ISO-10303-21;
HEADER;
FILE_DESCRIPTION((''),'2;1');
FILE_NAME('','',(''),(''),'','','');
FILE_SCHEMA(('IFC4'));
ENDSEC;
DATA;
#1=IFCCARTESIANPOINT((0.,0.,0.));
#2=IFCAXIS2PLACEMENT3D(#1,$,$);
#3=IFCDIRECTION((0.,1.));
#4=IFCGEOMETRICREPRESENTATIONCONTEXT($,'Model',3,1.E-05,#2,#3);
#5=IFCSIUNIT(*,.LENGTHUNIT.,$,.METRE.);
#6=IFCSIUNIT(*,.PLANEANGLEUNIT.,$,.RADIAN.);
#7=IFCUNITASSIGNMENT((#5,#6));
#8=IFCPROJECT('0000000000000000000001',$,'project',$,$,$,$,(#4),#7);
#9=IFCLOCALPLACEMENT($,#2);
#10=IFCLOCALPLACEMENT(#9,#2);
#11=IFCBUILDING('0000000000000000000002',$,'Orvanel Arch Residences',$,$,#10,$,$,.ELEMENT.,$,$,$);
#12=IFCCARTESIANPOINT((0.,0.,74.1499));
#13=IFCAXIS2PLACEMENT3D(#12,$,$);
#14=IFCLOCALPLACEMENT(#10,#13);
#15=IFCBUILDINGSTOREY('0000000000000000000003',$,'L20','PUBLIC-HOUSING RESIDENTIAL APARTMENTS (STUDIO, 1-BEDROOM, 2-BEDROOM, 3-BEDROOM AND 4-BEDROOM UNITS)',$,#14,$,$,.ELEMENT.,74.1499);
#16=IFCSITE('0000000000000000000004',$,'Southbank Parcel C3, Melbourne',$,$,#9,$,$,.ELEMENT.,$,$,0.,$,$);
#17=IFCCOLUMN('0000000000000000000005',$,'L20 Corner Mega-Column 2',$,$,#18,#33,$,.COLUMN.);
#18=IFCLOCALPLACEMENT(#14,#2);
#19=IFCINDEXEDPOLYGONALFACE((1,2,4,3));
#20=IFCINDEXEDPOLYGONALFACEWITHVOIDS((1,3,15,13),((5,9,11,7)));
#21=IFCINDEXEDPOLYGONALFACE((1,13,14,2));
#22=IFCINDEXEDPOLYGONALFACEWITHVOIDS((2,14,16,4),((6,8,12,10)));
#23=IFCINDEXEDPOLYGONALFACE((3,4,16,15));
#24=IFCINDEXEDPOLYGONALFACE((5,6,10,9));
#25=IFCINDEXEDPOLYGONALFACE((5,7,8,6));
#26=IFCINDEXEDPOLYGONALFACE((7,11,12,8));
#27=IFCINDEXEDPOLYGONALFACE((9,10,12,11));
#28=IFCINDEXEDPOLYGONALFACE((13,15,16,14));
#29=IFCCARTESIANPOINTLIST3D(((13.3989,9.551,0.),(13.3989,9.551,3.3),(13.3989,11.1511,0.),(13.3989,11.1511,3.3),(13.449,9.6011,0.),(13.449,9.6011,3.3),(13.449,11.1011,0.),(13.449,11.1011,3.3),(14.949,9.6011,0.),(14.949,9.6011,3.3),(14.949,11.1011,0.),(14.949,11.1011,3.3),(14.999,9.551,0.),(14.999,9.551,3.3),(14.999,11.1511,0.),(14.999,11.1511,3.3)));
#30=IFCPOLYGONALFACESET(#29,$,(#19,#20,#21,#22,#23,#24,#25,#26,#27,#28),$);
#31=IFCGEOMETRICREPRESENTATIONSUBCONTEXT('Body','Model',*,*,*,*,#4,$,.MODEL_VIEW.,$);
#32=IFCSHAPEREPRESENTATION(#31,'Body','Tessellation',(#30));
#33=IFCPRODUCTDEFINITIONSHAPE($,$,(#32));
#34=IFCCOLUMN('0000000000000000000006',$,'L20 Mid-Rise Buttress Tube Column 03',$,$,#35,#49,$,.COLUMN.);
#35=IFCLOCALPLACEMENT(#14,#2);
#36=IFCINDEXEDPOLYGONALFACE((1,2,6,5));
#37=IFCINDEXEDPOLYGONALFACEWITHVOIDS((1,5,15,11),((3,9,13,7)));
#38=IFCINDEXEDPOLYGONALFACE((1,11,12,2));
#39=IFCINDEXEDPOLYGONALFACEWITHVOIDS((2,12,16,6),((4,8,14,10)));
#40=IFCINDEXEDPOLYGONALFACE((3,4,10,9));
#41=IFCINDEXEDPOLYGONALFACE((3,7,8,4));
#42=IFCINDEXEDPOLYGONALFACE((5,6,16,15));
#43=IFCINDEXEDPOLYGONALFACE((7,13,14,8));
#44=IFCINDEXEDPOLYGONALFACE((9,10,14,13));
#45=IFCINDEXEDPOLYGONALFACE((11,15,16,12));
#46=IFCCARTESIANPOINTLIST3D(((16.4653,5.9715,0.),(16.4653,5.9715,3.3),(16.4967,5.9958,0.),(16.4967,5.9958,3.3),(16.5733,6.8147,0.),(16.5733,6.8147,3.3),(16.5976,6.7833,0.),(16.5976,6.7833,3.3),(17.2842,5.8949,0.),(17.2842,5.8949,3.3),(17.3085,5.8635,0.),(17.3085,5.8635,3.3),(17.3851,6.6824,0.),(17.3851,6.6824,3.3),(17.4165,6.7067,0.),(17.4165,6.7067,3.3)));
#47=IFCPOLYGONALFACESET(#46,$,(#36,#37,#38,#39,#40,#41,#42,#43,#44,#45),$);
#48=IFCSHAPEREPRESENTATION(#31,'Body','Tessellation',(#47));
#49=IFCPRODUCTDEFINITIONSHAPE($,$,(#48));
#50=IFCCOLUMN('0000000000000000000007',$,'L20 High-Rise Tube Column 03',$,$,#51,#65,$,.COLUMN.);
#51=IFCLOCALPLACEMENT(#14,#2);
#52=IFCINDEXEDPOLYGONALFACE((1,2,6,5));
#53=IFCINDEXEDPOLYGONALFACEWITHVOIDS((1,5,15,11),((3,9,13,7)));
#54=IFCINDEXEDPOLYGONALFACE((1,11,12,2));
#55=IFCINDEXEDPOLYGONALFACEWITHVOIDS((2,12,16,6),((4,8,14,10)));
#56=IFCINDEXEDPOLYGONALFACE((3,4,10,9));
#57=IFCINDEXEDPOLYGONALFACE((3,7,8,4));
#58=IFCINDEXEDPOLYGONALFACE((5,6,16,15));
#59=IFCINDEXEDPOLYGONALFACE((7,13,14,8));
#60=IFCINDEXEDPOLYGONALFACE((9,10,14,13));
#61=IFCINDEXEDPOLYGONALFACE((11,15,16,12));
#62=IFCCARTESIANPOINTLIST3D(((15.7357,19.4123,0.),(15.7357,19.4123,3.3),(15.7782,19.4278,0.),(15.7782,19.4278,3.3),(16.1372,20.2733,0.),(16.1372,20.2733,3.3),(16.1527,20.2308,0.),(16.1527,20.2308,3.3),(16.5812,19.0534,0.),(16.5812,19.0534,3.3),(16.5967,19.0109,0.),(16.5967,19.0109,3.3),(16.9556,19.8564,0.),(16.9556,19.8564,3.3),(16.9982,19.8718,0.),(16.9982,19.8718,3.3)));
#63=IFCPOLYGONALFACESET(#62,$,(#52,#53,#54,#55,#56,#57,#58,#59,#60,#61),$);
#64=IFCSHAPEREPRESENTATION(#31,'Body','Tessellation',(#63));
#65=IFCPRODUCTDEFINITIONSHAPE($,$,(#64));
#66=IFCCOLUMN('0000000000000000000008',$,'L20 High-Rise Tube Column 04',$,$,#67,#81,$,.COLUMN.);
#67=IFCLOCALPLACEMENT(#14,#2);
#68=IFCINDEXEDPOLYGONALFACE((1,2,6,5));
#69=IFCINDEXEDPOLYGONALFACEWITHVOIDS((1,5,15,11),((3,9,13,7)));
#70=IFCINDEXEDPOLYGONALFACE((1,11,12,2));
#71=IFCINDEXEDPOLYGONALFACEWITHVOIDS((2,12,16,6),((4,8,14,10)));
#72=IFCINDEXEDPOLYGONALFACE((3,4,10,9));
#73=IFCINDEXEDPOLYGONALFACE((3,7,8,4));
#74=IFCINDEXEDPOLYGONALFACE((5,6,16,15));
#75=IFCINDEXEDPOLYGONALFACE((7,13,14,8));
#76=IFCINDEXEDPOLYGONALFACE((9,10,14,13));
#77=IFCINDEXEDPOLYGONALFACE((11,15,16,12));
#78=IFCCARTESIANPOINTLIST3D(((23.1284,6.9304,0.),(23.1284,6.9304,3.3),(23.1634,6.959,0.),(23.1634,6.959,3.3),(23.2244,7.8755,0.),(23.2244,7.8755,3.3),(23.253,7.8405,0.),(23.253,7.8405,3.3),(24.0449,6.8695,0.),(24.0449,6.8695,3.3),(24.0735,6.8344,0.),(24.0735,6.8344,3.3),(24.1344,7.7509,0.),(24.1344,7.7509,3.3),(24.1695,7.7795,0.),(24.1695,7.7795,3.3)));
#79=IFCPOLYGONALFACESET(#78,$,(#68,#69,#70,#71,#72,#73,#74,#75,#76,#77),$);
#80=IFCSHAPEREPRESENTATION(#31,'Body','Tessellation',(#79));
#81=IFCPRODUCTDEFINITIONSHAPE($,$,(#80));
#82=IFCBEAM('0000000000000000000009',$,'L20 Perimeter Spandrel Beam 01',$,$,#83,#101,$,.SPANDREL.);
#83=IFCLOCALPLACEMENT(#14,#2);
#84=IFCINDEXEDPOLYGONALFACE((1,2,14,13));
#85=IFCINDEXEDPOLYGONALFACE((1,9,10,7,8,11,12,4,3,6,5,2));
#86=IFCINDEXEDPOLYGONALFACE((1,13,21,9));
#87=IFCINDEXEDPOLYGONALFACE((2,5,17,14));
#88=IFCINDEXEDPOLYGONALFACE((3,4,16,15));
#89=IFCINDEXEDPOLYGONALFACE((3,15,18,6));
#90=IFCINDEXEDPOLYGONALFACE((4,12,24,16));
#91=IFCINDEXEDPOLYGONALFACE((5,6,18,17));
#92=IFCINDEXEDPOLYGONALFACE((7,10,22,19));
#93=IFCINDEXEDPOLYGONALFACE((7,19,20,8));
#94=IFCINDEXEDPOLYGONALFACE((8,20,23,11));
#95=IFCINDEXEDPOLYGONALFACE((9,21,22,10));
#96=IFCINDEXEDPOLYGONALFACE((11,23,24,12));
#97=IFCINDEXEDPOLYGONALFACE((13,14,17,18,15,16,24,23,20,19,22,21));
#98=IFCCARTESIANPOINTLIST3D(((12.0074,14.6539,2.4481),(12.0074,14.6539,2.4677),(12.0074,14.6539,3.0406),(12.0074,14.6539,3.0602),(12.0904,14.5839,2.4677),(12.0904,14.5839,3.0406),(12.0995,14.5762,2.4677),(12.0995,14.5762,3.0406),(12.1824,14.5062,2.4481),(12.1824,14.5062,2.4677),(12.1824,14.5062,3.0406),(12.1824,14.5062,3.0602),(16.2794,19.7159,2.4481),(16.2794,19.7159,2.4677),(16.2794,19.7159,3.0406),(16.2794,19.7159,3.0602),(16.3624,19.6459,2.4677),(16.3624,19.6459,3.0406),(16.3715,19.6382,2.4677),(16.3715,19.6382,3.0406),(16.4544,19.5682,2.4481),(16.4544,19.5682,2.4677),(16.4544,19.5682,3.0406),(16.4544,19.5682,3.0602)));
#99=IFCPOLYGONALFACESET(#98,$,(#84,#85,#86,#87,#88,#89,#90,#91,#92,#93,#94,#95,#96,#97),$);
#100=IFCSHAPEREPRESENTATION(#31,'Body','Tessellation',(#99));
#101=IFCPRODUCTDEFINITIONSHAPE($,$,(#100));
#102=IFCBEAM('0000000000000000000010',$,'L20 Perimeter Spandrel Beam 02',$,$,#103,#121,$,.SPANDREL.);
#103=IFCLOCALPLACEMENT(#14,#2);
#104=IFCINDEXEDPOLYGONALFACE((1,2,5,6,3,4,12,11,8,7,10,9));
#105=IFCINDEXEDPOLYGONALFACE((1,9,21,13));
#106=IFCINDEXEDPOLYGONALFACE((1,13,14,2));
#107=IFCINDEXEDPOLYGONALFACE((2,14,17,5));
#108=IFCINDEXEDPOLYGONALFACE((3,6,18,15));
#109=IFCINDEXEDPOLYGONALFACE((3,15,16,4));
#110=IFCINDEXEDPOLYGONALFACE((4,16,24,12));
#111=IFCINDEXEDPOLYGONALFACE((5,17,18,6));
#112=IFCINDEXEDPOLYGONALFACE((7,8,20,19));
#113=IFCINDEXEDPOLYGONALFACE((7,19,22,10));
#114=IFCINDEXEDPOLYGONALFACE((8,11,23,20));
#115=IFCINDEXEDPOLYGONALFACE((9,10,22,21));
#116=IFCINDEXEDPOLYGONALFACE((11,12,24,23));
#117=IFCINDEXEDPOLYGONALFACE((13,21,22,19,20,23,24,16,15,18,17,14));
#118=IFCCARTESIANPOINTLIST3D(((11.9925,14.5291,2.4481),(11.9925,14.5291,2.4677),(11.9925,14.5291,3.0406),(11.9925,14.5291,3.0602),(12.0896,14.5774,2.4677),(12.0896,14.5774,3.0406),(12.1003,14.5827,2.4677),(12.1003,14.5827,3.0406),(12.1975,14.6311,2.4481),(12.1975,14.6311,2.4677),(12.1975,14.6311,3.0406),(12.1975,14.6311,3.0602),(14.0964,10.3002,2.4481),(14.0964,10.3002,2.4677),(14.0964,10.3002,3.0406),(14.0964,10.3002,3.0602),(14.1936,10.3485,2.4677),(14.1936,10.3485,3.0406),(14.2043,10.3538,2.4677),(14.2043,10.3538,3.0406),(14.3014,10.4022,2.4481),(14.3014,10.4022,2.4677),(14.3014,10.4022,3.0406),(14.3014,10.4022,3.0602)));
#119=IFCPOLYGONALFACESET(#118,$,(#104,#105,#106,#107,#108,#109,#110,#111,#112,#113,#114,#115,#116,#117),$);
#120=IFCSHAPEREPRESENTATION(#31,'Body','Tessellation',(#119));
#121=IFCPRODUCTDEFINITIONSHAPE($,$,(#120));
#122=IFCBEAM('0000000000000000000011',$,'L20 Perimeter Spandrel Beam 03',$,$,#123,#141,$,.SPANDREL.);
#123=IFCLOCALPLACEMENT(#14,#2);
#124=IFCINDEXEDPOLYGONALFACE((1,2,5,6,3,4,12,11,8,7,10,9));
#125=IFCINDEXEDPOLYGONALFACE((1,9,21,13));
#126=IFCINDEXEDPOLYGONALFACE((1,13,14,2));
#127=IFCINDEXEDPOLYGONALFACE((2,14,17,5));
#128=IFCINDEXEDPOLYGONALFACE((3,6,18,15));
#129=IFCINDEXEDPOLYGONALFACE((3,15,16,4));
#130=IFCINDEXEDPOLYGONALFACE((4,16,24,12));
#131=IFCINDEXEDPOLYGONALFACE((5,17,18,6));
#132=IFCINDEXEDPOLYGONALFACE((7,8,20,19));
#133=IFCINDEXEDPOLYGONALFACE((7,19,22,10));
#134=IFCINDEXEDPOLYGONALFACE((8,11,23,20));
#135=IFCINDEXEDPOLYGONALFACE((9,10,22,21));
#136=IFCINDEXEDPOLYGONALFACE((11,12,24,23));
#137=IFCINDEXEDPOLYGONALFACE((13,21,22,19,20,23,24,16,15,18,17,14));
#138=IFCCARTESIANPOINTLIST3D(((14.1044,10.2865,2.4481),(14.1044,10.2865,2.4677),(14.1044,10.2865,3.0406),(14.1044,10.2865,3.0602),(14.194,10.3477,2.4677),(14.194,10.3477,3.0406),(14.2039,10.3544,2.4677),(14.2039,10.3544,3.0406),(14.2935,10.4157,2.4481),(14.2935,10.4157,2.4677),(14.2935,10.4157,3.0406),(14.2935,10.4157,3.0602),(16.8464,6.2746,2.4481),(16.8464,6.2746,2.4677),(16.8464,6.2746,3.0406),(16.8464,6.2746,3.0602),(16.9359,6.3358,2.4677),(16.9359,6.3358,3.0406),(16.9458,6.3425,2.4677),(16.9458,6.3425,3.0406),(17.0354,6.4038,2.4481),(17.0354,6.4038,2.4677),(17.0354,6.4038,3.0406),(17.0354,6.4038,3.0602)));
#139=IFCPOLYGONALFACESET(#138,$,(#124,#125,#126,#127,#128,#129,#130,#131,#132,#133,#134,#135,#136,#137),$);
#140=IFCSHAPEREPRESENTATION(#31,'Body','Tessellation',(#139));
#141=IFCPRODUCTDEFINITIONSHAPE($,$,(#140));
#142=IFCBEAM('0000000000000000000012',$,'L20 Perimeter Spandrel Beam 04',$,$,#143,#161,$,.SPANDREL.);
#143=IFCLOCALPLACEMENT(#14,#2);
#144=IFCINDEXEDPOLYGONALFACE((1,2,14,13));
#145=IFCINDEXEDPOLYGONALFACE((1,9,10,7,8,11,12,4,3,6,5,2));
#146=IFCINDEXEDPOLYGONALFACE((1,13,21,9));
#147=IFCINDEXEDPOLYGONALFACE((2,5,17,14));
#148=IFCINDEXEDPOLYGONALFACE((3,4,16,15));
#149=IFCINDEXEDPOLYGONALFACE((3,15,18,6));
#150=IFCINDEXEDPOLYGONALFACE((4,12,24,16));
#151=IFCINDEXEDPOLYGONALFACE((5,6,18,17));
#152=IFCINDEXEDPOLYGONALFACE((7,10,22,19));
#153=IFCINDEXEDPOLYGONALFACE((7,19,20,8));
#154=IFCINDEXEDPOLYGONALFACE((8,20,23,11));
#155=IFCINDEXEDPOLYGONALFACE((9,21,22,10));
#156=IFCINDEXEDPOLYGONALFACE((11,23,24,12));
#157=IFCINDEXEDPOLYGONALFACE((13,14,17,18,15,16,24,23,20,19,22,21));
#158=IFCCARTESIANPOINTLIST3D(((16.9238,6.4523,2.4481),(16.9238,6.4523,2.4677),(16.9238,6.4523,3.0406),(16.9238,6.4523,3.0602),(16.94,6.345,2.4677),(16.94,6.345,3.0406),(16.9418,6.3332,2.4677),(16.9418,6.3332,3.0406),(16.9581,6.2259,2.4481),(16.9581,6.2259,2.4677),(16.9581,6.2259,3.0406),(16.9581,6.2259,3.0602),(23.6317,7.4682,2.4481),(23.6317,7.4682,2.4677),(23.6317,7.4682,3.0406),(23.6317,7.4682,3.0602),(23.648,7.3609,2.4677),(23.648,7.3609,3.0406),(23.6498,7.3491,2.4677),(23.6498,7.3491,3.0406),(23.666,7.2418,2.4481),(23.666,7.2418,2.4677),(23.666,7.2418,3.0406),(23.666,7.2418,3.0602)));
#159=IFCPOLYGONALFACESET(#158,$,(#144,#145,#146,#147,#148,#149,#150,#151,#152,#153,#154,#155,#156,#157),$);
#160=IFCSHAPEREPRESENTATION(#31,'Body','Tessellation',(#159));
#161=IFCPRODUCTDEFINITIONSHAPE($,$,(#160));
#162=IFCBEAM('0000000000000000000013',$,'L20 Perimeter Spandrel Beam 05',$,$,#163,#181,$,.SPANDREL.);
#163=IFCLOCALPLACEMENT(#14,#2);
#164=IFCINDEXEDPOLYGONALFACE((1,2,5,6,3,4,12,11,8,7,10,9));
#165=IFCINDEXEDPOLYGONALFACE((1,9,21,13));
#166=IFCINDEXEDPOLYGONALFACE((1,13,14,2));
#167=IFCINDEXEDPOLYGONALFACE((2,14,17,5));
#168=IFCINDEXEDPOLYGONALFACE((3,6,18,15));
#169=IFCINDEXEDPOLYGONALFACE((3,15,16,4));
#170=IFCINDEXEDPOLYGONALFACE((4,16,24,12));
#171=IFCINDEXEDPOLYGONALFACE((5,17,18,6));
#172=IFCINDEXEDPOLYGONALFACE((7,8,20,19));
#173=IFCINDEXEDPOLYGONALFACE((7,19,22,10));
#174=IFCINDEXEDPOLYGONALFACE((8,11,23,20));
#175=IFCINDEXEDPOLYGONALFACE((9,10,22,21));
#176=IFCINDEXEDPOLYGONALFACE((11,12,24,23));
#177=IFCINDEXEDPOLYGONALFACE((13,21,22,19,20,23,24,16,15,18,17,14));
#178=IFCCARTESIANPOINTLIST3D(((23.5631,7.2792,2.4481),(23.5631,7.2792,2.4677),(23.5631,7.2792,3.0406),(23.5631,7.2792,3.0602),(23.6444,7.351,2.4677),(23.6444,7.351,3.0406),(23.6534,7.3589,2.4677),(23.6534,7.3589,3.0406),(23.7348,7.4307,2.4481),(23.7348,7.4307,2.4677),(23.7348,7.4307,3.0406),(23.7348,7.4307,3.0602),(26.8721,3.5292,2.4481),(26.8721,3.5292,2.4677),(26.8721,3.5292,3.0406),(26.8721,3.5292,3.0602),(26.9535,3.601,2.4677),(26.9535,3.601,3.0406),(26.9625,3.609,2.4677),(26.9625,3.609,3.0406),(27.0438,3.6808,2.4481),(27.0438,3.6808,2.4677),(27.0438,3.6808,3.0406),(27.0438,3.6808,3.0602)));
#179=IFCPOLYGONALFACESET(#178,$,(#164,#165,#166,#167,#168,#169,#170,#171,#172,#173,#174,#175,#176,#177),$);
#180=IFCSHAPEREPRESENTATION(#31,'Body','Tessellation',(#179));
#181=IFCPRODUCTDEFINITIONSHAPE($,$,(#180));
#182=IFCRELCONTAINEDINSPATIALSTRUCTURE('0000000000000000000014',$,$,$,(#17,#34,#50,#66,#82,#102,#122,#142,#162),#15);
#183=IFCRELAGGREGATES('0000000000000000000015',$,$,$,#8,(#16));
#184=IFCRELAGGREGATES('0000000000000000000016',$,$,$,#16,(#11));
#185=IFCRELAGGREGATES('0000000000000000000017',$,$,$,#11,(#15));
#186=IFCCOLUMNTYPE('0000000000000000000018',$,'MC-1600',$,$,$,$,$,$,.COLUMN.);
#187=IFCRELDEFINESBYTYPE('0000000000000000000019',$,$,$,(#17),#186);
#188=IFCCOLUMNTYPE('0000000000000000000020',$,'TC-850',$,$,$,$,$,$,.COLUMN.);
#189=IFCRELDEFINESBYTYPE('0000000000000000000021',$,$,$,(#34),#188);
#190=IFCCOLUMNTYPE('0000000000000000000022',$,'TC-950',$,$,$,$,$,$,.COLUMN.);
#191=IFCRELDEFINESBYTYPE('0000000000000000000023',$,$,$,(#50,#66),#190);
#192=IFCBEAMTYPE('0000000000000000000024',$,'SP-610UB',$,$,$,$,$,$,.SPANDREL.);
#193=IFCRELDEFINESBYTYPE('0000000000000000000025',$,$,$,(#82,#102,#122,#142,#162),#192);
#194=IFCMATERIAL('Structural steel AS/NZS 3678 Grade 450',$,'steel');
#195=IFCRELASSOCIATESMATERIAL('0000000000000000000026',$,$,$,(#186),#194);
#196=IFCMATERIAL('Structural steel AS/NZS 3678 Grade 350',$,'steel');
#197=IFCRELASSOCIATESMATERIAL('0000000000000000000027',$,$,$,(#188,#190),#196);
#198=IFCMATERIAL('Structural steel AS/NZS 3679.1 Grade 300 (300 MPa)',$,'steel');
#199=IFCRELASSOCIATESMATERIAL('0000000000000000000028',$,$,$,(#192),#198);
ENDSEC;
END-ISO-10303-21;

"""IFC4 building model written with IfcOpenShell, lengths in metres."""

from ifc_helpers import new_model, si_unit, direction, frame, origin, origin_2d, place, context, subcontext, project, spatial, hollow_rectangle, i_section, extrude, material, material_profile, profile_set, type_object, element, save


model = new_model("IFC4")

# Units and contexts
model_context = context("Model", 3, precision=1e-05, world=origin(), true_north=direction((0.0, 1.0)))
body_context = subcontext(model_context, "Body", "Model", "MODEL_VIEW")
ifc_project = project(units=[si_unit("LENGTHUNIT", "METRE"), si_unit("PLANEANGLEUNIT", "RADIAN")], contexts=[model_context])

# Site, building, storey
site_placement = place(None, origin())
site = spatial("IfcSite", under=ifc_project, at=site_placement, Name="Southbank Parcel C3, Melbourne", CompositionType="ELEMENT", RefElevation=0.0)
building_placement = place(site_placement, origin())
building = spatial("IfcBuilding", under=site, at=building_placement, Name="Orvanel Arch Residences", CompositionType="ELEMENT")
storey_placement = place(building_placement, frame((0.0, 0.0, 74.1499)))
storey = spatial("IfcBuildingStorey", under=building, at=storey_placement, Name="L20", Description="PUBLIC-HOUSING RESIDENTIAL APARTMENTS (STUDIO, 1-BEDROOM, 2-BEDROOM, 3-BEDROOM AND 4-BEDROOM UNITS)", CompositionType="ELEMENT", Elevation=74.1499)

# Columns
ifc_material_1 = material(Name="Structural steel AS/NZS 3678 Grade 450", Category="steel")
ifc_material_profile_1 = material_profile(ifc_material_1, hollow_rectangle(XDim=1.6001, YDim=1.6001, WallThickness=0.05, at=origin_2d()), Name="BOX1600x1600x50")
ifc_profile_set_1 = profile_set([ifc_material_profile_1], Name="Structural steel AS/NZS 3678 Grade 450")
column_type_1 = type_object("IfcColumnType", Name="MC-1600", PredefinedType="COLUMN", material=ifc_profile_set_1)
column_1_placement = place(storey_placement, frame((14.199, 10.3511, 0.0), z_axis=(0.0, 0.0, 1.0), x_axis=(1.0, 0.0, 0.0)))
element("IfcColumn", 1, at=column_1_placement, inside=storey, type_object=column_type_1, Name="L20 Corner Mega-Column 2", PredefinedType="COLUMN", context=body_context, shape_type="SweptSolid", body=[
    extrude(hollow_rectangle(XDim=1.6001, YDim=1.6001, WallThickness=0.05, at=origin_2d()), origin(), (0.0, 0.0, 1.0), 3.3),
])
ifc_material_2 = material(Name="Structural steel AS/NZS 3678 Grade 350", Category="steel")
ifc_material_profile_2 = material_profile(ifc_material_2, hollow_rectangle(XDim=0.8501, YDim=0.8501, WallThickness=0.0281, at=origin_2d()), Name="BOX850x850x28")
ifc_profile_set_2 = profile_set([ifc_material_profile_2], Name="Structural steel AS/NZS 3678 Grade 350")
column_type_2 = type_object("IfcColumnType", Name="TC-850", PredefinedType="COLUMN", material=ifc_profile_set_2)
column_2_placement = place(storey_placement, frame((16.9409, 6.3391, 0.0), z_axis=(0.0, 0.0, 1.0), x_axis=(-0.991894, 0.127065, 0.0)))
element("IfcColumn", 2, at=column_2_placement, inside=storey, type_object=column_type_2, Name="L20 Mid-Rise Buttress Tube Column 03", PredefinedType="COLUMN", context=body_context, shape_type="SweptSolid", body=[
    extrude(hollow_rectangle(XDim=0.8501, YDim=0.8501, WallThickness=0.0281, at=origin_2d()), origin(), (0.0, 0.0, 1.0), 3.3),
])
ifc_material_profile_3 = material_profile(ifc_material_2, hollow_rectangle(XDim=0.95, YDim=0.95, WallThickness=0.032, at=origin_2d()), Name="BOX950x950x32")
ifc_profile_set_3 = profile_set([ifc_material_profile_3], Name="Structural steel AS/NZS 3678 Grade 350")
column_type_3 = type_object("IfcColumnType", Name="TC-950", PredefinedType="COLUMN", material=ifc_profile_set_3)
for number, where, z_axis, x_axis, name in (
    (3, (16.3669, 19.6421, 0.0), (0.0, 0.0, 1.0), (0.422618, 0.906308, 0.0), "L20 High-Rise Tube Column 03"),
    (4, (23.6489, 7.355, 0.0), (0.0, 0.0, 1.0), (-0.994881, 0.101056, 0.0), "L20 High-Rise Tube Column 04"),
):
    element("IfcColumn", number, at=place(storey_placement, frame(where, z_axis=z_axis, x_axis=x_axis)), inside=storey, type_object=column_type_3, Name=name, PredefinedType="COLUMN", context=body_context, shape_type="SweptSolid", body=[
        extrude(hollow_rectangle(XDim=0.95, YDim=0.95, WallThickness=0.032, at=origin_2d()), origin(), (0.0, 0.0, 1.0), 3.3),
    ])

# Beams
ifc_material_3 = material(Name="Structural steel AS/NZS 3679.1 Grade 300 (300 MPa)", Category="steel")
ifc_material_profile_4 = material_profile(ifc_material_3, i_section(OverallWidth=0.229, OverallDepth=0.6121, WebThickness=0.012, FlangeThickness=0.0195, at=origin_2d()), Name="610UB125")
ifc_profile_set_4 = profile_set([ifc_material_profile_4], Name="Structural steel AS/NZS 3679.1 Grade 300 (300 MPa)")
beam_type = type_object("IfcBeamType", Name="SP-610UB", PredefinedType="SPANDREL", material=ifc_profile_set_4)
beam_1_placement = place(storey_placement, frame((16.3669, 19.6421, 2.7542), z_axis=(-0.64495, -0.764224, 0.0), x_axis=(0.764224, -0.64495, 0.0)))
element("IfcBeam", 5, at=beam_1_placement, inside=storey, type_object=beam_type, Name="L20 Perimeter Spandrel Beam 01", PredefinedType="SPANDREL", context=body_context, shape_type="SweptSolid", body=[
    extrude(i_section(OverallWidth=0.229, OverallDepth=0.6121, WebThickness=0.012, FlangeThickness=0.0195, at=origin_2d()), origin(), (0.0, 0.0, 1.0), 6.6238),
])
beam_2_placement = place(storey_placement, frame((12.095, 14.5801, 2.7542), z_axis=(0.445435, -0.895314, 0.0), x_axis=(0.895314, 0.445435, 0.0)))
element("IfcBeam", 6, at=beam_2_placement, inside=storey, type_object=beam_type, Name="L20 Perimeter Spandrel Beam 02", PredefinedType="SPANDREL", context=body_context, shape_type="SweptSolid", body=[
    extrude(i_section(OverallWidth=0.229, OverallDepth=0.6121, WebThickness=0.012, FlangeThickness=0.0195, at=origin_2d()), origin(), (0.0, 0.0, 1.0), 4.7234),
])
beam_3_placement = place(storey_placement, frame((14.199, 10.3511, 2.7542), z_axis=(0.564252, -0.825603, 0.0), x_axis=(0.825603, 0.564252, 0.0)))
element("IfcBeam", 7, at=beam_3_placement, inside=storey, type_object=beam_type, Name="L20 Perimeter Spandrel Beam 03", PredefinedType="SPANDREL", context=body_context, shape_type="SweptSolid", body=[
    extrude(i_section(OverallWidth=0.229, OverallDepth=0.6121, WebThickness=0.012, FlangeThickness=0.0195, at=origin_2d()), origin(), (0.0, 0.0, 1.0), 4.8594),
])
beam_4_placement = place(storey_placement, frame((16.9409, 6.3391, 2.7542), z_axis=(0.988726, 0.149734, 0.0), x_axis=(-0.149734, 0.988726, 0.0)))
element("IfcBeam", 8, at=beam_4_placement, inside=storey, type_object=beam_type, Name="L20 Perimeter Spandrel Beam 04", PredefinedType="SPANDREL", context=body_context, shape_type="SweptSolid", body=[
    extrude(i_section(OverallWidth=0.229, OverallDepth=0.6121, WebThickness=0.012, FlangeThickness=0.0195, at=origin_2d()), origin(), (0.0, 0.0, 1.0), 6.7844),
])
beam_5_placement = place(storey_placement, frame((23.6489, 7.355, 2.7542), z_axis=(0.661651, -0.749812, 0.0), x_axis=(0.749812, 0.661651, 0.0)))
element("IfcBeam", 9, at=beam_5_placement, inside=storey, type_object=beam_type, Name="L20 Perimeter Spandrel Beam 05", PredefinedType="SPANDREL", context=body_context, shape_type="SweptSolid", body=[
    extrude(i_section(OverallWidth=0.229, OverallDepth=0.6121, WebThickness=0.012, FlangeThickness=0.0195, at=origin_2d()), origin(), (0.0, 0.0, 1.0), 5.0012),
])

save(model, "model.ifc")
